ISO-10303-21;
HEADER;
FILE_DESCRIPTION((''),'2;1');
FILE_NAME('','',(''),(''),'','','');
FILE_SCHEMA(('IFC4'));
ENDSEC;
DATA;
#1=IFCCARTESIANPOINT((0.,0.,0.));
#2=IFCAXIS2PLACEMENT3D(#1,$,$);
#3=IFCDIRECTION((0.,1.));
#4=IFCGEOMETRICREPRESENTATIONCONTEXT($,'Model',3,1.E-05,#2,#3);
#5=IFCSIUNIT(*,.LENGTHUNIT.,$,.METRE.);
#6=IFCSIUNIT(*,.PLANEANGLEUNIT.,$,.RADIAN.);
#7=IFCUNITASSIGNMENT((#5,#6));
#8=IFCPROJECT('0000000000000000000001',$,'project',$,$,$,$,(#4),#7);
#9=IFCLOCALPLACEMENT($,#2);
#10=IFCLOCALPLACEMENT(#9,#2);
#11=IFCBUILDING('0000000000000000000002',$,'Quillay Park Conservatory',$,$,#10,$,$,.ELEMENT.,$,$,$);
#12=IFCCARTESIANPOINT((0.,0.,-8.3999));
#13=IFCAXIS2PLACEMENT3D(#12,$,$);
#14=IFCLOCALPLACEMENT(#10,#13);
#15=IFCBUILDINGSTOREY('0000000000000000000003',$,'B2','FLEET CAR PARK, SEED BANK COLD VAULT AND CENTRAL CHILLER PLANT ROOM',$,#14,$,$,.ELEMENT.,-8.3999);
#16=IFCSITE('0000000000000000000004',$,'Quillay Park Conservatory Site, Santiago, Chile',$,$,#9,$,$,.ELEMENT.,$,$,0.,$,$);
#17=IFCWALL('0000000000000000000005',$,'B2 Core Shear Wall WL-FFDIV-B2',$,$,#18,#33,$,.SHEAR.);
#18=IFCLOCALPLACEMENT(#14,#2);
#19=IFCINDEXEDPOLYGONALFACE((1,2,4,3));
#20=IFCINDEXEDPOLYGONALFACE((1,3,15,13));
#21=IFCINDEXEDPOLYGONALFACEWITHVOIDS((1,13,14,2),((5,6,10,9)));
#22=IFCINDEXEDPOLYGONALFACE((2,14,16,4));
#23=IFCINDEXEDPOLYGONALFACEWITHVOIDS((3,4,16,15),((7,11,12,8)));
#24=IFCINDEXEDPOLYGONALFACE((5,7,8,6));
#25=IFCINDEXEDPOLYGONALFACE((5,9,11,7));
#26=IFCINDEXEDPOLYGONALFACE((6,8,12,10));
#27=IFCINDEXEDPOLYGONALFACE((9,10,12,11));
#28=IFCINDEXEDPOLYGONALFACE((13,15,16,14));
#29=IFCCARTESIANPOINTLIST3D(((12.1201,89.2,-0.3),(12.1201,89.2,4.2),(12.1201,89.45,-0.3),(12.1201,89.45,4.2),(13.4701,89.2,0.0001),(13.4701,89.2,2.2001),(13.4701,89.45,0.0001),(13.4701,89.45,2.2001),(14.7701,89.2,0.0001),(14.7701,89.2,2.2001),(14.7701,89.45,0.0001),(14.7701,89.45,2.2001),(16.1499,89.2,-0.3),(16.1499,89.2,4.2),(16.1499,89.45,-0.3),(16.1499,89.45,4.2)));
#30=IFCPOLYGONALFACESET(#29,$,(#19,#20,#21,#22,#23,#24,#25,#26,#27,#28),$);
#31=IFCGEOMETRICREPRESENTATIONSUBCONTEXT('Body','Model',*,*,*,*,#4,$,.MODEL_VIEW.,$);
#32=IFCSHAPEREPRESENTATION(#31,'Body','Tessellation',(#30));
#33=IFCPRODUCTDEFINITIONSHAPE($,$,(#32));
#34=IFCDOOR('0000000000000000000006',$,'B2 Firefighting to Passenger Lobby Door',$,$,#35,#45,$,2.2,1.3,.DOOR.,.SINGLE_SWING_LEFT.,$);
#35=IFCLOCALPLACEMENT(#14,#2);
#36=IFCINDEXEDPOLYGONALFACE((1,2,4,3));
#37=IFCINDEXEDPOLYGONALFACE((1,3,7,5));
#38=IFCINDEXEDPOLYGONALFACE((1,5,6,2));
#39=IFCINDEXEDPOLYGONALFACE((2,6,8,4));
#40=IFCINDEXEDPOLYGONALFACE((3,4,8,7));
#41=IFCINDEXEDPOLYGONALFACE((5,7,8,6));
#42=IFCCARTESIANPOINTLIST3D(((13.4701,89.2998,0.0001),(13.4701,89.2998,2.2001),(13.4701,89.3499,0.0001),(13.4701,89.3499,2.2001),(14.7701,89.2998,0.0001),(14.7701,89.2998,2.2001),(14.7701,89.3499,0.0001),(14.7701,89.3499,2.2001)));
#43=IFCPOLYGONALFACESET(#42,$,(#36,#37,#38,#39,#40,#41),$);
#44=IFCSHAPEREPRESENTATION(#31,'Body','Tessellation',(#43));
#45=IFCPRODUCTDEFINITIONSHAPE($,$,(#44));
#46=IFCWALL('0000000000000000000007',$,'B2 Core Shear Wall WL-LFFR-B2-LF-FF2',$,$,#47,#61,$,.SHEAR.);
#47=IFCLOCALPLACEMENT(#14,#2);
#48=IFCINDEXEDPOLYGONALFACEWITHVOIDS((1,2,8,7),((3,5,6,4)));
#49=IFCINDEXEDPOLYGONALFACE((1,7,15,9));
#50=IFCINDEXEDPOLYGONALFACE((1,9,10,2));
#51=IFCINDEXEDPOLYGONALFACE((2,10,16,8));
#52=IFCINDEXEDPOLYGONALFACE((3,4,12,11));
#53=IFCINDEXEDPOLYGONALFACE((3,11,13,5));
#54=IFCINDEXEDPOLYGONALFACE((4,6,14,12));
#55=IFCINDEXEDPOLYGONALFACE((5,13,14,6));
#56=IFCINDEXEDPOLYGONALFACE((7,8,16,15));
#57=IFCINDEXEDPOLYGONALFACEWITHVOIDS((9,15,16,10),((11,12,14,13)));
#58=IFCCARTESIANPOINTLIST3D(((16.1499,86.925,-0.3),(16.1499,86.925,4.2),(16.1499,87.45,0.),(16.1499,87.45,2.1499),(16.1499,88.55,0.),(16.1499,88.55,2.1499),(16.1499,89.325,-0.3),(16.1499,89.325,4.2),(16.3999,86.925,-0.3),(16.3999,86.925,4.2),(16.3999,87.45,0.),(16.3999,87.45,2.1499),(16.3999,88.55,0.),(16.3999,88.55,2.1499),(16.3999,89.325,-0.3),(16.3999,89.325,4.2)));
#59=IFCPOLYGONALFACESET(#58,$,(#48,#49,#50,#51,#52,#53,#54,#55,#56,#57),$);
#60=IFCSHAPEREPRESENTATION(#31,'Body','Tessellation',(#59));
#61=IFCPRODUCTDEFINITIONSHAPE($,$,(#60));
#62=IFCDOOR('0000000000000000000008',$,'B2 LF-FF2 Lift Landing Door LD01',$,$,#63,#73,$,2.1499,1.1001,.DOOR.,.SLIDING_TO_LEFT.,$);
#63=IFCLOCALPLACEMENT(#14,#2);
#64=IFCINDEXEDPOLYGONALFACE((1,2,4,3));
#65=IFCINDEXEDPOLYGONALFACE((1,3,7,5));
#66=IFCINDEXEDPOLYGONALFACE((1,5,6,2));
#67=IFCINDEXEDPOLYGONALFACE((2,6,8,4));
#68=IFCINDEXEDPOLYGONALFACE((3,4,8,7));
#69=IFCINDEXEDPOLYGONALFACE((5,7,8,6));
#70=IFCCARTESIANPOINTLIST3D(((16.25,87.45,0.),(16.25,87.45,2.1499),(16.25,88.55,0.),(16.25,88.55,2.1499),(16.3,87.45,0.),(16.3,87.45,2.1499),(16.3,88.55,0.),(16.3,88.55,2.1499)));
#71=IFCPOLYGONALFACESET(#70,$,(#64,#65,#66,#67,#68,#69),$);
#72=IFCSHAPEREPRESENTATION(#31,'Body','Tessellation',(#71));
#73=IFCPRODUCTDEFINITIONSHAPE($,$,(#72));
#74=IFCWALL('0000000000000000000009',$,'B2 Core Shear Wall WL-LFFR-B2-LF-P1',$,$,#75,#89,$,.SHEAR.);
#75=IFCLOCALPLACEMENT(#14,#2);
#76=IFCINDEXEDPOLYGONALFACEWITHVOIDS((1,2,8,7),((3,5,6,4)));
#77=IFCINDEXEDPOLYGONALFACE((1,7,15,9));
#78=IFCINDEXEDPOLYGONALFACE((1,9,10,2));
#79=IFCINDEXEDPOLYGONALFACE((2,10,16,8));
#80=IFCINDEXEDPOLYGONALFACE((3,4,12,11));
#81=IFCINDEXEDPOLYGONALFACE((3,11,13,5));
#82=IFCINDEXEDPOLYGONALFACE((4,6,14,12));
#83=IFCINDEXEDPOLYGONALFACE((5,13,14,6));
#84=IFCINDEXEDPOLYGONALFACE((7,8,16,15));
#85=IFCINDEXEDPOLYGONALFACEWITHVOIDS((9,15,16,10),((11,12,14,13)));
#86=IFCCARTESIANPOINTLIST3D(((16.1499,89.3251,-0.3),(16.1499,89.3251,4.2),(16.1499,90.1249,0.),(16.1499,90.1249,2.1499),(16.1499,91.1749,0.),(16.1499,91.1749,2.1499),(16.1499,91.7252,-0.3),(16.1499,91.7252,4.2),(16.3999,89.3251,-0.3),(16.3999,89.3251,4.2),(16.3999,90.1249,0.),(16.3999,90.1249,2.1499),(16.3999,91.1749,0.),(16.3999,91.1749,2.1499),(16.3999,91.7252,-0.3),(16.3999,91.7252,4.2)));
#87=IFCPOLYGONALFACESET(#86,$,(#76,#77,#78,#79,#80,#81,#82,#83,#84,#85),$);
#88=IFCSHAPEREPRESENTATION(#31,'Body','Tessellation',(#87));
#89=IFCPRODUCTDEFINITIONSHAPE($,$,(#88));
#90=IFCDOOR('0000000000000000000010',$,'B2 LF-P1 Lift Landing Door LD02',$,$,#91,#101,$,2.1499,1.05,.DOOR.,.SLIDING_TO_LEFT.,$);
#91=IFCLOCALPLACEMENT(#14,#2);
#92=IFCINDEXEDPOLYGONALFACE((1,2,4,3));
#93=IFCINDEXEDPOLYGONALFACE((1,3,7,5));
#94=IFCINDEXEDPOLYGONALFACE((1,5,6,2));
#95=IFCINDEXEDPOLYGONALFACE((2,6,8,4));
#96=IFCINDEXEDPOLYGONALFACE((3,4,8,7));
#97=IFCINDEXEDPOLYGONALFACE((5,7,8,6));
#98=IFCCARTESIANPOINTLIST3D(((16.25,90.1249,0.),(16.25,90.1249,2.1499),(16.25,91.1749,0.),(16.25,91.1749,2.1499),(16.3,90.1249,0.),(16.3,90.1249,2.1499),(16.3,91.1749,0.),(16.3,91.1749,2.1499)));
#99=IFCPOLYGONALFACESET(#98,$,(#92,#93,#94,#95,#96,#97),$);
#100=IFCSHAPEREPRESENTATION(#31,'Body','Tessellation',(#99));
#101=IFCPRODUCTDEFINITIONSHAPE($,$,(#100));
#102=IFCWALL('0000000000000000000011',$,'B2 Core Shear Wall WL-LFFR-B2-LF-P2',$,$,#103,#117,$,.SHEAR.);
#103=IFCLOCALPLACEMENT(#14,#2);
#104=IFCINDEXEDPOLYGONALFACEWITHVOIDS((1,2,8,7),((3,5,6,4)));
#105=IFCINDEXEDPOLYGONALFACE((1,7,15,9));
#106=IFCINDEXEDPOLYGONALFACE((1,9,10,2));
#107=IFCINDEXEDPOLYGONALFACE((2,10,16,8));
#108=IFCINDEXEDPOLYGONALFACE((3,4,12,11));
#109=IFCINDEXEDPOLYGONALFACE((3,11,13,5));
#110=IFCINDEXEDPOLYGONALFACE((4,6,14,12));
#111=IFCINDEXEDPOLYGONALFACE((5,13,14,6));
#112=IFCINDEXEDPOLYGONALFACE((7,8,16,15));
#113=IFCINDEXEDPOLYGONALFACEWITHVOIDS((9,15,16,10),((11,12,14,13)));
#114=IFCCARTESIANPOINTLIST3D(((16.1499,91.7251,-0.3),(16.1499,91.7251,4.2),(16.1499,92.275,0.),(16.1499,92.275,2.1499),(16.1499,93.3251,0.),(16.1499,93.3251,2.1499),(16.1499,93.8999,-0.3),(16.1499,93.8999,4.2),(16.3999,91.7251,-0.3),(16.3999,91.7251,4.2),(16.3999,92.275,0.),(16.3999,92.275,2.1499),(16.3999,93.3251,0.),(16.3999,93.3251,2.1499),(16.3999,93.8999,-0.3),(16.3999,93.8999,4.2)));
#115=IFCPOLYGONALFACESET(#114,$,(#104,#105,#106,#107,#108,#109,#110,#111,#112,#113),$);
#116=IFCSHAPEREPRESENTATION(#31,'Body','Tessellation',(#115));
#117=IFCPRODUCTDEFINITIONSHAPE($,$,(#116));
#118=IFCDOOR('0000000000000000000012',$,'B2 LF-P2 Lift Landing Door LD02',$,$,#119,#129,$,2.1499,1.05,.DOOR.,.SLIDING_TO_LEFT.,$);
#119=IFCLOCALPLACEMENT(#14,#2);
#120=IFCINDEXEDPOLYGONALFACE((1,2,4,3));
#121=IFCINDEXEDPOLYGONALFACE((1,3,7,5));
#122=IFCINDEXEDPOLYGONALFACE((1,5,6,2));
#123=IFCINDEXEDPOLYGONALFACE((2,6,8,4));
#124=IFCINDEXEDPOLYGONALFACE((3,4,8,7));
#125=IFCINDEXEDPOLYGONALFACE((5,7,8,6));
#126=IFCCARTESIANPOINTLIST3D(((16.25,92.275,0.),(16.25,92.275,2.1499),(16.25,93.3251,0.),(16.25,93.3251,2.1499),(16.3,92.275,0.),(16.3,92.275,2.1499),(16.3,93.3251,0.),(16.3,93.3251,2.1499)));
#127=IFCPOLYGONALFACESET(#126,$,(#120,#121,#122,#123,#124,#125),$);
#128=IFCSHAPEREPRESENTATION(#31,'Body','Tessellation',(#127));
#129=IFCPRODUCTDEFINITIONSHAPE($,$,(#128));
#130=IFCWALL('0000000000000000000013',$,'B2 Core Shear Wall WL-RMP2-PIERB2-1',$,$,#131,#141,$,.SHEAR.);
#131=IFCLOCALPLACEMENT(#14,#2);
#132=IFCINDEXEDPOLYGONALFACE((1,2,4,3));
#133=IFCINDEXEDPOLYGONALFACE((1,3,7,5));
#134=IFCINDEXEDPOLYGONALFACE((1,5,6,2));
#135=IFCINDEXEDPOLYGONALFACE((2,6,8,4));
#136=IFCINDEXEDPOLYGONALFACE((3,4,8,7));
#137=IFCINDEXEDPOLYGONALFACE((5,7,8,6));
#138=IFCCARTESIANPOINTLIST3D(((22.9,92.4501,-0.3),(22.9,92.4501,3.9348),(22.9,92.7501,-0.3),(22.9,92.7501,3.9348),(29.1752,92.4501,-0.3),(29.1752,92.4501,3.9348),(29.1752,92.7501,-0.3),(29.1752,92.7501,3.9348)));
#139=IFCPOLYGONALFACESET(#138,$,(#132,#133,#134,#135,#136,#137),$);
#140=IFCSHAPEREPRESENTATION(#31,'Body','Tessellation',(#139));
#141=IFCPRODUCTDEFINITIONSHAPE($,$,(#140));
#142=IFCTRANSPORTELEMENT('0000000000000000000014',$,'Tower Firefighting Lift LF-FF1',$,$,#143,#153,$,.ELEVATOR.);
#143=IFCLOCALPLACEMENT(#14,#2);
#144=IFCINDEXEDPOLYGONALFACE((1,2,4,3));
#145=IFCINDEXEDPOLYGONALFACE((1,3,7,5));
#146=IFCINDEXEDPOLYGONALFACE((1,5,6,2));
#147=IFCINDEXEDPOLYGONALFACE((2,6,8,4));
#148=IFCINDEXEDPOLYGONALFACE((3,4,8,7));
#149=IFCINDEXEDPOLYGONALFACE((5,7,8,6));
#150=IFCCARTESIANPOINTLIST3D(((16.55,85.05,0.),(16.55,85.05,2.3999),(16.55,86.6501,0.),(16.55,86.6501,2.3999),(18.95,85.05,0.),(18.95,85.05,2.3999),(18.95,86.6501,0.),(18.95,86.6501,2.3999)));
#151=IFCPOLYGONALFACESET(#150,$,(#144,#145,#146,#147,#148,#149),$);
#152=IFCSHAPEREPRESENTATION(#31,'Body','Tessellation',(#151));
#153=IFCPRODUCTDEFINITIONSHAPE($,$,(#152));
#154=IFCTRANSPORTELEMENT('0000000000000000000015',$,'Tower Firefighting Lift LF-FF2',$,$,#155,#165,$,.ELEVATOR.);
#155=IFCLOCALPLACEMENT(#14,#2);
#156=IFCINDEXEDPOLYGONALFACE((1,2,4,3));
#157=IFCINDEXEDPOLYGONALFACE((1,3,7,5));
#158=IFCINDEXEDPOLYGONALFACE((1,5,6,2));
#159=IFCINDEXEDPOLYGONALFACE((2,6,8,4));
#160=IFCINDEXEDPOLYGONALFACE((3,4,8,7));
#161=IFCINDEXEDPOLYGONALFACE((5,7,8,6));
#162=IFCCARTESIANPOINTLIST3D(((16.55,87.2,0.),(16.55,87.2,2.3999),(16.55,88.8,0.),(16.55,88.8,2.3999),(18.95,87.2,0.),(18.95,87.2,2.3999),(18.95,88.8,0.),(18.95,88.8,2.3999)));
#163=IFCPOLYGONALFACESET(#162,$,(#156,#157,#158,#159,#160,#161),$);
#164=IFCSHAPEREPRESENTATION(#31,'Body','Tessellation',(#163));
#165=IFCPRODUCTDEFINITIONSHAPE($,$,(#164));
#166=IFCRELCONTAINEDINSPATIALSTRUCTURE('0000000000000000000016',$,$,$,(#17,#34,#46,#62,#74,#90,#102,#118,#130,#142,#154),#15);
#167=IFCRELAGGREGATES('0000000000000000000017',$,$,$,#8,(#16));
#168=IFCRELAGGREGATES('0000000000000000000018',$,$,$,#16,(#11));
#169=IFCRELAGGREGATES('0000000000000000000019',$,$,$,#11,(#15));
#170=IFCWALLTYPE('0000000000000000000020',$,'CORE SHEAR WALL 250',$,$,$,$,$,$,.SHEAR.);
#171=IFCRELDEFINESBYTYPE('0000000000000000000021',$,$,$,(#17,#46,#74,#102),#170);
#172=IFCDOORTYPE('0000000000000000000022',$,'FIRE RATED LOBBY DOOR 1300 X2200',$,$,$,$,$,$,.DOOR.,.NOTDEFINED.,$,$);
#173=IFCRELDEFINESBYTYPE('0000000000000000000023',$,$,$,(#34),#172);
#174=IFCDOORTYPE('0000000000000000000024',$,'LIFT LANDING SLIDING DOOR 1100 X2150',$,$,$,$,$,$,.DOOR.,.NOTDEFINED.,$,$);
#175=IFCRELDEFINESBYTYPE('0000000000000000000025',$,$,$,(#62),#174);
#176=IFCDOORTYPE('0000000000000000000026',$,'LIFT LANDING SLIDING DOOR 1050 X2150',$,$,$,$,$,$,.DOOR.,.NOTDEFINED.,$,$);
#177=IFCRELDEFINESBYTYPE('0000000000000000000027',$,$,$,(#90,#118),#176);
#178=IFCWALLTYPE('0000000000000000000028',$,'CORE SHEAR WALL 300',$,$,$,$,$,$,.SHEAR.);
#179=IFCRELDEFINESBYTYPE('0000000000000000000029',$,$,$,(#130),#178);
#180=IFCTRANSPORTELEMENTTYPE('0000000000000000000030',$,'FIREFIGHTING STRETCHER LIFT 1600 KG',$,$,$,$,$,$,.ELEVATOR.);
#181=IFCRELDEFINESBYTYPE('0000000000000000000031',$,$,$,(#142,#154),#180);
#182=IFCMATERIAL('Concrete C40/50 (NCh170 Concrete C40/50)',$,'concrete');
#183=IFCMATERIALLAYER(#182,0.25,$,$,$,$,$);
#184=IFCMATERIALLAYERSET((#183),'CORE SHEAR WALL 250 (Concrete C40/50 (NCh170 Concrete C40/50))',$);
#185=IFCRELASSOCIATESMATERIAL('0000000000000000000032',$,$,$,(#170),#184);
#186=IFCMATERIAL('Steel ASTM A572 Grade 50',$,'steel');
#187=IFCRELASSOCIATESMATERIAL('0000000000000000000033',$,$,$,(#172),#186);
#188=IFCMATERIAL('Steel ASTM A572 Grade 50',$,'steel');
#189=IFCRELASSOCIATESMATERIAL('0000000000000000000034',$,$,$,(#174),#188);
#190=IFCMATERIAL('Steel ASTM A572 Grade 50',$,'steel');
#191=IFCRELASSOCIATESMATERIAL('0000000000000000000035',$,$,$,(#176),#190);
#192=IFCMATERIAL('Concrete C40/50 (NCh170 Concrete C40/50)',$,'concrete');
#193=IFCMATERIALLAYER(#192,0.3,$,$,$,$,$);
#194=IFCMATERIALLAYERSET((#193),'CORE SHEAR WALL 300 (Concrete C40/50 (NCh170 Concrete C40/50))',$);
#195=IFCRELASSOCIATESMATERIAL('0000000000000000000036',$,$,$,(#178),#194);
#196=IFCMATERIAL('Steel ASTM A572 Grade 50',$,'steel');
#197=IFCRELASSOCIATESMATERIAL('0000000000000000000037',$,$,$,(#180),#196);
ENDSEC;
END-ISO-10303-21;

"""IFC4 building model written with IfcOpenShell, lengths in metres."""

from ifc_helpers import new_model, si_unit, direction, frame, frame_2d, origin, origin_2d, place, context, subcontext, project, spatial, rectangle, extrude, material, layer, layer_set, type_object, element, fill, save


model = new_model("IFC4")

# Units and contexts
model_context = context("Model", 3, precision=1e-05, world=origin(), true_north=direction((0.0, 1.0)))
body_context = subcontext(model_context, "Body", "Model", "MODEL_VIEW")
ifc_project = project(units=[si_unit("LENGTHUNIT", "METRE"), si_unit("PLANEANGLEUNIT", "RADIAN")], contexts=[model_context])

# Site, building, storey
site_placement = place(None, origin())
site = spatial("IfcSite", under=ifc_project, at=site_placement, Name="Quillay Park Conservatory Site, Santiago, Chile", CompositionType="ELEMENT", RefElevation=0.0)
building_placement = place(site_placement, origin())
building = spatial("IfcBuilding", under=site, at=building_placement, Name="Quillay Park Conservatory", CompositionType="ELEMENT")
storey_placement = place(building_placement, frame((0.0, 0.0, -8.3999)))
storey = spatial("IfcBuildingStorey", under=building, at=storey_placement, Name="B2", Description="FLEET CAR PARK, SEED BANK COLD VAULT AND CENTRAL CHILLER PLANT ROOM", CompositionType="ELEMENT", Elevation=-8.3999)

# Walls, openings, doors
ifc_material_1 = material(Name="Concrete C40/50 (NCh170 Concrete C40/50)", Category="concrete")
ifc_layer_1 = layer(ifc_material_1, 0.25)
ifc_layer_set_1 = layer_set([ifc_layer_1], Name="CORE SHEAR WALL 250 (Concrete C40/50 (NCh170 Concrete C40/50))")
wall_type_1 = type_object("IfcWallType", Name="CORE SHEAR WALL 250", PredefinedType="SHEAR", material=ifc_layer_set_1)
wall_1_placement = place(storey_placement, frame((12.1201, 89.325, -0.3), z_axis=(0.0, 0.0, 1.0), x_axis=(1.0, 0.0, 0.0)))
wall_1 = element("IfcWall", 1, at=wall_1_placement, inside=storey, type_object=wall_type_1, Name="B2 Core Shear Wall WL-FFDIV-B2", PredefinedType="SHEAR", context=body_context, shape_type="SweptSolid", body=[
    extrude(rectangle(XDim=4.0298, YDim=0.25, at=frame_2d((2.0149, 0.0))), origin(), (0.0, 0.0, 1.0), 4.5),
])
opening_1_placement = place(wall_1_placement, frame((1.3501, 0.0, 0.3)))
opening_1 = element("IfcOpeningElement", 2, at=opening_1_placement, cuts=wall_1, PredefinedType="OPENING", context=body_context, shape_type="SweptSolid", body=[
    extrude(rectangle(XDim=1.3, YDim=2.2, at=frame_2d((0.6499, 1.1001))), frame((0.0, 0.125, 0.0), z_axis=(0.0, -1.0, 0.0), x_axis=(1.0, 0.0, 0.0)), (0.0, 0.0, 1.0), 0.25),
])
ifc_material_2 = material(Name="Steel ASTM A572 Grade 50", Category="steel")
door_type_1 = type_object("IfcDoorType", Name="FIRE RATED LOBBY DOOR 1300 X2200", OperationType="NOTDEFINED", PredefinedType="DOOR", material=ifc_material_2)
door_1_placement = place(opening_1_placement, origin())
door_1 = element("IfcDoor", 3, at=door_1_placement, inside=storey, type_object=door_type_1, Name="B2 Firefighting to Passenger Lobby Door", OperationType="SINGLE_SWING_LEFT", OverallHeight=2.2, OverallWidth=1.3, PredefinedType="DOOR", context=body_context, shape_type="SweptSolid", body=[
    extrude(rectangle(XDim=1.3, YDim=2.2, at=frame_2d((0.6499, 1.1001))), frame((0.0, 0.0249, 0.0), z_axis=(0.0, -1.0, 0.0), x_axis=(1.0, 0.0, 0.0)), (0.0, 0.0, 1.0), 0.05),
])
fill(opening_1, door_1)
wall_2_placement = place(storey_placement, frame((16.2749, 86.925, -0.3), z_axis=(0.0, 0.0, 1.0), x_axis=(0.0, 1.0, 0.0)))
wall_2 = element("IfcWall", 4, at=wall_2_placement, inside=storey, type_object=wall_type_1, Name="B2 Core Shear Wall WL-LFFR-B2-LF-FF2", PredefinedType="SHEAR", context=body_context, shape_type="SweptSolid", body=[
    extrude(rectangle(XDim=2.3999, YDim=0.25, at=frame_2d((1.2, 0.0))), origin(), (0.0, 0.0, 1.0), 4.5),
])
opening_2_placement = place(wall_2_placement, frame((0.5249, 0.0, 0.3)))
opening_2 = element("IfcOpeningElement", 5, at=opening_2_placement, cuts=wall_2, PredefinedType="OPENING", context=body_context, shape_type="SweptSolid", body=[
    extrude(rectangle(XDim=1.1001, YDim=2.1499, at=frame_2d((0.55, 1.075))), frame((0.0, 0.125, 0.0), z_axis=(0.0, -1.0, 0.0), x_axis=(1.0, 0.0, 0.0)), (0.0, 0.0, 1.0), 0.25),
])
ifc_material_3 = material(Name="Steel ASTM A572 Grade 50", Category="steel")
door_type_2 = type_object("IfcDoorType", Name="LIFT LANDING SLIDING DOOR 1100 X2150", OperationType="NOTDEFINED", PredefinedType="DOOR", material=ifc_material_3)
door_2_placement = place(opening_2_placement, origin())
door_2 = element("IfcDoor", 6, at=door_2_placement, inside=storey, type_object=door_type_2, Name="B2 LF-FF2 Lift Landing Door LD01", OperationType="SLIDING_TO_LEFT", OverallHeight=2.1499, OverallWidth=1.1001, PredefinedType="DOOR", context=body_context, shape_type="SweptSolid", body=[
    extrude(rectangle(XDim=1.1001, YDim=2.1499, at=frame_2d((0.55, 1.075))), frame((0.0, 0.0249, 0.0), z_axis=(0.0, -1.0, 0.0), x_axis=(1.0, 0.0, 0.0)), (0.0, 0.0, 1.0), 0.05),
])
fill(opening_2, door_2)
wall_3_placement = place(storey_placement, frame((16.2749, 89.325, -0.3), z_axis=(0.0, 0.0, 1.0), x_axis=(0.0, 1.0, 0.0)))
wall_3 = element("IfcWall", 7, at=wall_3_placement, inside=storey, type_object=wall_type_1, Name="B2 Core Shear Wall WL-LFFR-B2-LF-P1", PredefinedType="SHEAR", context=body_context, shape_type="SweptSolid", body=[
    extrude(rectangle(XDim=2.4001, YDim=0.25, at=frame_2d((1.2002, 0.0))), origin(), (0.0, 0.0, 1.0), 4.5),
])
opening_3_placement = place(wall_3_placement, frame((0.8, 0.0, 0.3)))
opening_3 = element("IfcOpeningElement", 8, at=opening_3_placement, cuts=wall_3, PredefinedType="OPENING", context=body_context, shape_type="SweptSolid", body=[
    extrude(rectangle(XDim=1.05, YDim=2.1499, at=frame_2d((0.5249, 1.075))), frame((0.0, 0.125, 0.0), z_axis=(0.0, -1.0, 0.0), x_axis=(1.0, 0.0, 0.0)), (0.0, 0.0, 1.0), 0.25),
])
ifc_material_4 = material(Name="Steel ASTM A572 Grade 50", Category="steel")
door_type_3 = type_object("IfcDoorType", Name="LIFT LANDING SLIDING DOOR 1050 X2150", OperationType="NOTDEFINED", PredefinedType="DOOR", material=ifc_material_4)
door_3_placement = place(opening_3_placement, origin())
door_3 = element("IfcDoor", 9, at=door_3_placement, inside=storey, type_object=door_type_3, Name="B2 LF-P1 Lift Landing Door LD02", OperationType="SLIDING_TO_LEFT", OverallHeight=2.1499, OverallWidth=1.05, PredefinedType="DOOR", context=body_context, shape_type="SweptSolid", body=[
    extrude(rectangle(XDim=1.05, YDim=2.1499, at=frame_2d((0.5249, 1.075))), frame((0.0, 0.0249, 0.0), z_axis=(0.0, -1.0, 0.0), x_axis=(1.0, 0.0, 0.0)), (0.0, 0.0, 1.0), 0.05),
])
fill(opening_3, door_3)
wall_4_placement = place(storey_placement, frame((16.2749, 91.7251, -0.3), z_axis=(0.0, 0.0, 1.0), x_axis=(0.0, 1.0, 0.0)))
wall_4 = element("IfcWall", 10, at=wall_4_placement, inside=storey, type_object=wall_type_1, Name="B2 Core Shear Wall WL-LFFR-B2-LF-P2", PredefinedType="SHEAR", context=body_context, shape_type="SweptSolid", body=[
    extrude(rectangle(XDim=2.1748, YDim=0.25, at=frame_2d((1.0874, 0.0))), origin(), (0.0, 0.0, 1.0), 4.5),
])
opening_4_placement = place(wall_4_placement, frame((0.55, 0.0, 0.3)))
opening_4 = element("IfcOpeningElement", 11, at=opening_4_placement, cuts=wall_4, PredefinedType="OPENING", context=body_context, shape_type="SweptSolid", body=[
    extrude(rectangle(XDim=1.05, YDim=2.1499, at=frame_2d((0.5249, 1.075))), frame((0.0, 0.125, 0.0), z_axis=(0.0, -1.0, 0.0), x_axis=(1.0, 0.0, 0.0)), (0.0, 0.0, 1.0), 0.25),
])
door_4_placement = place(opening_4_placement, origin())
door_4 = element("IfcDoor", 12, at=door_4_placement, inside=storey, type_object=door_type_3, Name="B2 LF-P2 Lift Landing Door LD02", OperationType="SLIDING_TO_LEFT", OverallHeight=2.1499, OverallWidth=1.05, PredefinedType="DOOR", context=body_context, shape_type="SweptSolid", body=[
    extrude(rectangle(XDim=1.05, YDim=2.1499, at=frame_2d((0.5249, 1.075))), frame((0.0, 0.0249, 0.0), z_axis=(0.0, -1.0, 0.0), x_axis=(1.0, 0.0, 0.0)), (0.0, 0.0, 1.0), 0.05),
])
fill(opening_4, door_4)

# Wall
ifc_material_5 = material(Name="Concrete C40/50 (NCh170 Concrete C40/50)", Category="concrete")
ifc_layer_2 = layer(ifc_material_5, 0.3)
ifc_layer_set_2 = layer_set([ifc_layer_2], Name="CORE SHEAR WALL 300 (Concrete C40/50 (NCh170 Concrete C40/50))")
wall_type_2 = type_object("IfcWallType", Name="CORE SHEAR WALL 300", PredefinedType="SHEAR", material=ifc_layer_set_2)
wall_5_placement = place(storey_placement, frame((22.8999, 92.6001, -0.3), z_axis=(0.0, 0.0, 1.0), x_axis=(1.0, 0.0, 0.0)))
element("IfcWall", 13, at=wall_5_placement, inside=storey, type_object=wall_type_2, Name="B2 Core Shear Wall WL-RMP2-PIERB2-1", PredefinedType="SHEAR", context=body_context, shape_type="SweptSolid", body=[
    extrude(rectangle(XDim=6.2751, YDim=0.3, at=frame_2d((3.1377, 0.0))), origin(), (0.0, 0.0, 1.0), 4.2349),
])

# Transport elements
ifc_material_6 = material(Name="Steel ASTM A572 Grade 50", Category="steel")
transport_element_type_1 = type_object("IfcTransportElementType", Name="FIREFIGHTING STRETCHER LIFT 1600 KG", PredefinedType="ELEVATOR", material=ifc_material_6)
for number, where, z_axis, x_axis, name in (
    (14, (17.75, 85.8501, 0.0), (0.0, 0.0, 1.0), (1.0, 0.0, 0.0), "Tower Firefighting Lift LF-FF1"),
    (15, (17.75, 88.0, 0.0), (0.0, 0.0, 1.0), (1.0, 0.0, 0.0), "Tower Firefighting Lift LF-FF2"),
):
    element("IfcTransportElement", number, at=place(storey_placement, frame(where, z_axis=z_axis, x_axis=x_axis)), inside=storey, type_object=transport_element_type_1, Name=name, PredefinedType="ELEVATOR", context=body_context, shape_type="SweptSolid", body=[
        extrude(rectangle(XDim=2.3999, YDim=1.6001, at=origin_2d()), origin(), (0.0, 0.0, 1.0), 2.3999),
    ])

save(model, "model.ifc")
